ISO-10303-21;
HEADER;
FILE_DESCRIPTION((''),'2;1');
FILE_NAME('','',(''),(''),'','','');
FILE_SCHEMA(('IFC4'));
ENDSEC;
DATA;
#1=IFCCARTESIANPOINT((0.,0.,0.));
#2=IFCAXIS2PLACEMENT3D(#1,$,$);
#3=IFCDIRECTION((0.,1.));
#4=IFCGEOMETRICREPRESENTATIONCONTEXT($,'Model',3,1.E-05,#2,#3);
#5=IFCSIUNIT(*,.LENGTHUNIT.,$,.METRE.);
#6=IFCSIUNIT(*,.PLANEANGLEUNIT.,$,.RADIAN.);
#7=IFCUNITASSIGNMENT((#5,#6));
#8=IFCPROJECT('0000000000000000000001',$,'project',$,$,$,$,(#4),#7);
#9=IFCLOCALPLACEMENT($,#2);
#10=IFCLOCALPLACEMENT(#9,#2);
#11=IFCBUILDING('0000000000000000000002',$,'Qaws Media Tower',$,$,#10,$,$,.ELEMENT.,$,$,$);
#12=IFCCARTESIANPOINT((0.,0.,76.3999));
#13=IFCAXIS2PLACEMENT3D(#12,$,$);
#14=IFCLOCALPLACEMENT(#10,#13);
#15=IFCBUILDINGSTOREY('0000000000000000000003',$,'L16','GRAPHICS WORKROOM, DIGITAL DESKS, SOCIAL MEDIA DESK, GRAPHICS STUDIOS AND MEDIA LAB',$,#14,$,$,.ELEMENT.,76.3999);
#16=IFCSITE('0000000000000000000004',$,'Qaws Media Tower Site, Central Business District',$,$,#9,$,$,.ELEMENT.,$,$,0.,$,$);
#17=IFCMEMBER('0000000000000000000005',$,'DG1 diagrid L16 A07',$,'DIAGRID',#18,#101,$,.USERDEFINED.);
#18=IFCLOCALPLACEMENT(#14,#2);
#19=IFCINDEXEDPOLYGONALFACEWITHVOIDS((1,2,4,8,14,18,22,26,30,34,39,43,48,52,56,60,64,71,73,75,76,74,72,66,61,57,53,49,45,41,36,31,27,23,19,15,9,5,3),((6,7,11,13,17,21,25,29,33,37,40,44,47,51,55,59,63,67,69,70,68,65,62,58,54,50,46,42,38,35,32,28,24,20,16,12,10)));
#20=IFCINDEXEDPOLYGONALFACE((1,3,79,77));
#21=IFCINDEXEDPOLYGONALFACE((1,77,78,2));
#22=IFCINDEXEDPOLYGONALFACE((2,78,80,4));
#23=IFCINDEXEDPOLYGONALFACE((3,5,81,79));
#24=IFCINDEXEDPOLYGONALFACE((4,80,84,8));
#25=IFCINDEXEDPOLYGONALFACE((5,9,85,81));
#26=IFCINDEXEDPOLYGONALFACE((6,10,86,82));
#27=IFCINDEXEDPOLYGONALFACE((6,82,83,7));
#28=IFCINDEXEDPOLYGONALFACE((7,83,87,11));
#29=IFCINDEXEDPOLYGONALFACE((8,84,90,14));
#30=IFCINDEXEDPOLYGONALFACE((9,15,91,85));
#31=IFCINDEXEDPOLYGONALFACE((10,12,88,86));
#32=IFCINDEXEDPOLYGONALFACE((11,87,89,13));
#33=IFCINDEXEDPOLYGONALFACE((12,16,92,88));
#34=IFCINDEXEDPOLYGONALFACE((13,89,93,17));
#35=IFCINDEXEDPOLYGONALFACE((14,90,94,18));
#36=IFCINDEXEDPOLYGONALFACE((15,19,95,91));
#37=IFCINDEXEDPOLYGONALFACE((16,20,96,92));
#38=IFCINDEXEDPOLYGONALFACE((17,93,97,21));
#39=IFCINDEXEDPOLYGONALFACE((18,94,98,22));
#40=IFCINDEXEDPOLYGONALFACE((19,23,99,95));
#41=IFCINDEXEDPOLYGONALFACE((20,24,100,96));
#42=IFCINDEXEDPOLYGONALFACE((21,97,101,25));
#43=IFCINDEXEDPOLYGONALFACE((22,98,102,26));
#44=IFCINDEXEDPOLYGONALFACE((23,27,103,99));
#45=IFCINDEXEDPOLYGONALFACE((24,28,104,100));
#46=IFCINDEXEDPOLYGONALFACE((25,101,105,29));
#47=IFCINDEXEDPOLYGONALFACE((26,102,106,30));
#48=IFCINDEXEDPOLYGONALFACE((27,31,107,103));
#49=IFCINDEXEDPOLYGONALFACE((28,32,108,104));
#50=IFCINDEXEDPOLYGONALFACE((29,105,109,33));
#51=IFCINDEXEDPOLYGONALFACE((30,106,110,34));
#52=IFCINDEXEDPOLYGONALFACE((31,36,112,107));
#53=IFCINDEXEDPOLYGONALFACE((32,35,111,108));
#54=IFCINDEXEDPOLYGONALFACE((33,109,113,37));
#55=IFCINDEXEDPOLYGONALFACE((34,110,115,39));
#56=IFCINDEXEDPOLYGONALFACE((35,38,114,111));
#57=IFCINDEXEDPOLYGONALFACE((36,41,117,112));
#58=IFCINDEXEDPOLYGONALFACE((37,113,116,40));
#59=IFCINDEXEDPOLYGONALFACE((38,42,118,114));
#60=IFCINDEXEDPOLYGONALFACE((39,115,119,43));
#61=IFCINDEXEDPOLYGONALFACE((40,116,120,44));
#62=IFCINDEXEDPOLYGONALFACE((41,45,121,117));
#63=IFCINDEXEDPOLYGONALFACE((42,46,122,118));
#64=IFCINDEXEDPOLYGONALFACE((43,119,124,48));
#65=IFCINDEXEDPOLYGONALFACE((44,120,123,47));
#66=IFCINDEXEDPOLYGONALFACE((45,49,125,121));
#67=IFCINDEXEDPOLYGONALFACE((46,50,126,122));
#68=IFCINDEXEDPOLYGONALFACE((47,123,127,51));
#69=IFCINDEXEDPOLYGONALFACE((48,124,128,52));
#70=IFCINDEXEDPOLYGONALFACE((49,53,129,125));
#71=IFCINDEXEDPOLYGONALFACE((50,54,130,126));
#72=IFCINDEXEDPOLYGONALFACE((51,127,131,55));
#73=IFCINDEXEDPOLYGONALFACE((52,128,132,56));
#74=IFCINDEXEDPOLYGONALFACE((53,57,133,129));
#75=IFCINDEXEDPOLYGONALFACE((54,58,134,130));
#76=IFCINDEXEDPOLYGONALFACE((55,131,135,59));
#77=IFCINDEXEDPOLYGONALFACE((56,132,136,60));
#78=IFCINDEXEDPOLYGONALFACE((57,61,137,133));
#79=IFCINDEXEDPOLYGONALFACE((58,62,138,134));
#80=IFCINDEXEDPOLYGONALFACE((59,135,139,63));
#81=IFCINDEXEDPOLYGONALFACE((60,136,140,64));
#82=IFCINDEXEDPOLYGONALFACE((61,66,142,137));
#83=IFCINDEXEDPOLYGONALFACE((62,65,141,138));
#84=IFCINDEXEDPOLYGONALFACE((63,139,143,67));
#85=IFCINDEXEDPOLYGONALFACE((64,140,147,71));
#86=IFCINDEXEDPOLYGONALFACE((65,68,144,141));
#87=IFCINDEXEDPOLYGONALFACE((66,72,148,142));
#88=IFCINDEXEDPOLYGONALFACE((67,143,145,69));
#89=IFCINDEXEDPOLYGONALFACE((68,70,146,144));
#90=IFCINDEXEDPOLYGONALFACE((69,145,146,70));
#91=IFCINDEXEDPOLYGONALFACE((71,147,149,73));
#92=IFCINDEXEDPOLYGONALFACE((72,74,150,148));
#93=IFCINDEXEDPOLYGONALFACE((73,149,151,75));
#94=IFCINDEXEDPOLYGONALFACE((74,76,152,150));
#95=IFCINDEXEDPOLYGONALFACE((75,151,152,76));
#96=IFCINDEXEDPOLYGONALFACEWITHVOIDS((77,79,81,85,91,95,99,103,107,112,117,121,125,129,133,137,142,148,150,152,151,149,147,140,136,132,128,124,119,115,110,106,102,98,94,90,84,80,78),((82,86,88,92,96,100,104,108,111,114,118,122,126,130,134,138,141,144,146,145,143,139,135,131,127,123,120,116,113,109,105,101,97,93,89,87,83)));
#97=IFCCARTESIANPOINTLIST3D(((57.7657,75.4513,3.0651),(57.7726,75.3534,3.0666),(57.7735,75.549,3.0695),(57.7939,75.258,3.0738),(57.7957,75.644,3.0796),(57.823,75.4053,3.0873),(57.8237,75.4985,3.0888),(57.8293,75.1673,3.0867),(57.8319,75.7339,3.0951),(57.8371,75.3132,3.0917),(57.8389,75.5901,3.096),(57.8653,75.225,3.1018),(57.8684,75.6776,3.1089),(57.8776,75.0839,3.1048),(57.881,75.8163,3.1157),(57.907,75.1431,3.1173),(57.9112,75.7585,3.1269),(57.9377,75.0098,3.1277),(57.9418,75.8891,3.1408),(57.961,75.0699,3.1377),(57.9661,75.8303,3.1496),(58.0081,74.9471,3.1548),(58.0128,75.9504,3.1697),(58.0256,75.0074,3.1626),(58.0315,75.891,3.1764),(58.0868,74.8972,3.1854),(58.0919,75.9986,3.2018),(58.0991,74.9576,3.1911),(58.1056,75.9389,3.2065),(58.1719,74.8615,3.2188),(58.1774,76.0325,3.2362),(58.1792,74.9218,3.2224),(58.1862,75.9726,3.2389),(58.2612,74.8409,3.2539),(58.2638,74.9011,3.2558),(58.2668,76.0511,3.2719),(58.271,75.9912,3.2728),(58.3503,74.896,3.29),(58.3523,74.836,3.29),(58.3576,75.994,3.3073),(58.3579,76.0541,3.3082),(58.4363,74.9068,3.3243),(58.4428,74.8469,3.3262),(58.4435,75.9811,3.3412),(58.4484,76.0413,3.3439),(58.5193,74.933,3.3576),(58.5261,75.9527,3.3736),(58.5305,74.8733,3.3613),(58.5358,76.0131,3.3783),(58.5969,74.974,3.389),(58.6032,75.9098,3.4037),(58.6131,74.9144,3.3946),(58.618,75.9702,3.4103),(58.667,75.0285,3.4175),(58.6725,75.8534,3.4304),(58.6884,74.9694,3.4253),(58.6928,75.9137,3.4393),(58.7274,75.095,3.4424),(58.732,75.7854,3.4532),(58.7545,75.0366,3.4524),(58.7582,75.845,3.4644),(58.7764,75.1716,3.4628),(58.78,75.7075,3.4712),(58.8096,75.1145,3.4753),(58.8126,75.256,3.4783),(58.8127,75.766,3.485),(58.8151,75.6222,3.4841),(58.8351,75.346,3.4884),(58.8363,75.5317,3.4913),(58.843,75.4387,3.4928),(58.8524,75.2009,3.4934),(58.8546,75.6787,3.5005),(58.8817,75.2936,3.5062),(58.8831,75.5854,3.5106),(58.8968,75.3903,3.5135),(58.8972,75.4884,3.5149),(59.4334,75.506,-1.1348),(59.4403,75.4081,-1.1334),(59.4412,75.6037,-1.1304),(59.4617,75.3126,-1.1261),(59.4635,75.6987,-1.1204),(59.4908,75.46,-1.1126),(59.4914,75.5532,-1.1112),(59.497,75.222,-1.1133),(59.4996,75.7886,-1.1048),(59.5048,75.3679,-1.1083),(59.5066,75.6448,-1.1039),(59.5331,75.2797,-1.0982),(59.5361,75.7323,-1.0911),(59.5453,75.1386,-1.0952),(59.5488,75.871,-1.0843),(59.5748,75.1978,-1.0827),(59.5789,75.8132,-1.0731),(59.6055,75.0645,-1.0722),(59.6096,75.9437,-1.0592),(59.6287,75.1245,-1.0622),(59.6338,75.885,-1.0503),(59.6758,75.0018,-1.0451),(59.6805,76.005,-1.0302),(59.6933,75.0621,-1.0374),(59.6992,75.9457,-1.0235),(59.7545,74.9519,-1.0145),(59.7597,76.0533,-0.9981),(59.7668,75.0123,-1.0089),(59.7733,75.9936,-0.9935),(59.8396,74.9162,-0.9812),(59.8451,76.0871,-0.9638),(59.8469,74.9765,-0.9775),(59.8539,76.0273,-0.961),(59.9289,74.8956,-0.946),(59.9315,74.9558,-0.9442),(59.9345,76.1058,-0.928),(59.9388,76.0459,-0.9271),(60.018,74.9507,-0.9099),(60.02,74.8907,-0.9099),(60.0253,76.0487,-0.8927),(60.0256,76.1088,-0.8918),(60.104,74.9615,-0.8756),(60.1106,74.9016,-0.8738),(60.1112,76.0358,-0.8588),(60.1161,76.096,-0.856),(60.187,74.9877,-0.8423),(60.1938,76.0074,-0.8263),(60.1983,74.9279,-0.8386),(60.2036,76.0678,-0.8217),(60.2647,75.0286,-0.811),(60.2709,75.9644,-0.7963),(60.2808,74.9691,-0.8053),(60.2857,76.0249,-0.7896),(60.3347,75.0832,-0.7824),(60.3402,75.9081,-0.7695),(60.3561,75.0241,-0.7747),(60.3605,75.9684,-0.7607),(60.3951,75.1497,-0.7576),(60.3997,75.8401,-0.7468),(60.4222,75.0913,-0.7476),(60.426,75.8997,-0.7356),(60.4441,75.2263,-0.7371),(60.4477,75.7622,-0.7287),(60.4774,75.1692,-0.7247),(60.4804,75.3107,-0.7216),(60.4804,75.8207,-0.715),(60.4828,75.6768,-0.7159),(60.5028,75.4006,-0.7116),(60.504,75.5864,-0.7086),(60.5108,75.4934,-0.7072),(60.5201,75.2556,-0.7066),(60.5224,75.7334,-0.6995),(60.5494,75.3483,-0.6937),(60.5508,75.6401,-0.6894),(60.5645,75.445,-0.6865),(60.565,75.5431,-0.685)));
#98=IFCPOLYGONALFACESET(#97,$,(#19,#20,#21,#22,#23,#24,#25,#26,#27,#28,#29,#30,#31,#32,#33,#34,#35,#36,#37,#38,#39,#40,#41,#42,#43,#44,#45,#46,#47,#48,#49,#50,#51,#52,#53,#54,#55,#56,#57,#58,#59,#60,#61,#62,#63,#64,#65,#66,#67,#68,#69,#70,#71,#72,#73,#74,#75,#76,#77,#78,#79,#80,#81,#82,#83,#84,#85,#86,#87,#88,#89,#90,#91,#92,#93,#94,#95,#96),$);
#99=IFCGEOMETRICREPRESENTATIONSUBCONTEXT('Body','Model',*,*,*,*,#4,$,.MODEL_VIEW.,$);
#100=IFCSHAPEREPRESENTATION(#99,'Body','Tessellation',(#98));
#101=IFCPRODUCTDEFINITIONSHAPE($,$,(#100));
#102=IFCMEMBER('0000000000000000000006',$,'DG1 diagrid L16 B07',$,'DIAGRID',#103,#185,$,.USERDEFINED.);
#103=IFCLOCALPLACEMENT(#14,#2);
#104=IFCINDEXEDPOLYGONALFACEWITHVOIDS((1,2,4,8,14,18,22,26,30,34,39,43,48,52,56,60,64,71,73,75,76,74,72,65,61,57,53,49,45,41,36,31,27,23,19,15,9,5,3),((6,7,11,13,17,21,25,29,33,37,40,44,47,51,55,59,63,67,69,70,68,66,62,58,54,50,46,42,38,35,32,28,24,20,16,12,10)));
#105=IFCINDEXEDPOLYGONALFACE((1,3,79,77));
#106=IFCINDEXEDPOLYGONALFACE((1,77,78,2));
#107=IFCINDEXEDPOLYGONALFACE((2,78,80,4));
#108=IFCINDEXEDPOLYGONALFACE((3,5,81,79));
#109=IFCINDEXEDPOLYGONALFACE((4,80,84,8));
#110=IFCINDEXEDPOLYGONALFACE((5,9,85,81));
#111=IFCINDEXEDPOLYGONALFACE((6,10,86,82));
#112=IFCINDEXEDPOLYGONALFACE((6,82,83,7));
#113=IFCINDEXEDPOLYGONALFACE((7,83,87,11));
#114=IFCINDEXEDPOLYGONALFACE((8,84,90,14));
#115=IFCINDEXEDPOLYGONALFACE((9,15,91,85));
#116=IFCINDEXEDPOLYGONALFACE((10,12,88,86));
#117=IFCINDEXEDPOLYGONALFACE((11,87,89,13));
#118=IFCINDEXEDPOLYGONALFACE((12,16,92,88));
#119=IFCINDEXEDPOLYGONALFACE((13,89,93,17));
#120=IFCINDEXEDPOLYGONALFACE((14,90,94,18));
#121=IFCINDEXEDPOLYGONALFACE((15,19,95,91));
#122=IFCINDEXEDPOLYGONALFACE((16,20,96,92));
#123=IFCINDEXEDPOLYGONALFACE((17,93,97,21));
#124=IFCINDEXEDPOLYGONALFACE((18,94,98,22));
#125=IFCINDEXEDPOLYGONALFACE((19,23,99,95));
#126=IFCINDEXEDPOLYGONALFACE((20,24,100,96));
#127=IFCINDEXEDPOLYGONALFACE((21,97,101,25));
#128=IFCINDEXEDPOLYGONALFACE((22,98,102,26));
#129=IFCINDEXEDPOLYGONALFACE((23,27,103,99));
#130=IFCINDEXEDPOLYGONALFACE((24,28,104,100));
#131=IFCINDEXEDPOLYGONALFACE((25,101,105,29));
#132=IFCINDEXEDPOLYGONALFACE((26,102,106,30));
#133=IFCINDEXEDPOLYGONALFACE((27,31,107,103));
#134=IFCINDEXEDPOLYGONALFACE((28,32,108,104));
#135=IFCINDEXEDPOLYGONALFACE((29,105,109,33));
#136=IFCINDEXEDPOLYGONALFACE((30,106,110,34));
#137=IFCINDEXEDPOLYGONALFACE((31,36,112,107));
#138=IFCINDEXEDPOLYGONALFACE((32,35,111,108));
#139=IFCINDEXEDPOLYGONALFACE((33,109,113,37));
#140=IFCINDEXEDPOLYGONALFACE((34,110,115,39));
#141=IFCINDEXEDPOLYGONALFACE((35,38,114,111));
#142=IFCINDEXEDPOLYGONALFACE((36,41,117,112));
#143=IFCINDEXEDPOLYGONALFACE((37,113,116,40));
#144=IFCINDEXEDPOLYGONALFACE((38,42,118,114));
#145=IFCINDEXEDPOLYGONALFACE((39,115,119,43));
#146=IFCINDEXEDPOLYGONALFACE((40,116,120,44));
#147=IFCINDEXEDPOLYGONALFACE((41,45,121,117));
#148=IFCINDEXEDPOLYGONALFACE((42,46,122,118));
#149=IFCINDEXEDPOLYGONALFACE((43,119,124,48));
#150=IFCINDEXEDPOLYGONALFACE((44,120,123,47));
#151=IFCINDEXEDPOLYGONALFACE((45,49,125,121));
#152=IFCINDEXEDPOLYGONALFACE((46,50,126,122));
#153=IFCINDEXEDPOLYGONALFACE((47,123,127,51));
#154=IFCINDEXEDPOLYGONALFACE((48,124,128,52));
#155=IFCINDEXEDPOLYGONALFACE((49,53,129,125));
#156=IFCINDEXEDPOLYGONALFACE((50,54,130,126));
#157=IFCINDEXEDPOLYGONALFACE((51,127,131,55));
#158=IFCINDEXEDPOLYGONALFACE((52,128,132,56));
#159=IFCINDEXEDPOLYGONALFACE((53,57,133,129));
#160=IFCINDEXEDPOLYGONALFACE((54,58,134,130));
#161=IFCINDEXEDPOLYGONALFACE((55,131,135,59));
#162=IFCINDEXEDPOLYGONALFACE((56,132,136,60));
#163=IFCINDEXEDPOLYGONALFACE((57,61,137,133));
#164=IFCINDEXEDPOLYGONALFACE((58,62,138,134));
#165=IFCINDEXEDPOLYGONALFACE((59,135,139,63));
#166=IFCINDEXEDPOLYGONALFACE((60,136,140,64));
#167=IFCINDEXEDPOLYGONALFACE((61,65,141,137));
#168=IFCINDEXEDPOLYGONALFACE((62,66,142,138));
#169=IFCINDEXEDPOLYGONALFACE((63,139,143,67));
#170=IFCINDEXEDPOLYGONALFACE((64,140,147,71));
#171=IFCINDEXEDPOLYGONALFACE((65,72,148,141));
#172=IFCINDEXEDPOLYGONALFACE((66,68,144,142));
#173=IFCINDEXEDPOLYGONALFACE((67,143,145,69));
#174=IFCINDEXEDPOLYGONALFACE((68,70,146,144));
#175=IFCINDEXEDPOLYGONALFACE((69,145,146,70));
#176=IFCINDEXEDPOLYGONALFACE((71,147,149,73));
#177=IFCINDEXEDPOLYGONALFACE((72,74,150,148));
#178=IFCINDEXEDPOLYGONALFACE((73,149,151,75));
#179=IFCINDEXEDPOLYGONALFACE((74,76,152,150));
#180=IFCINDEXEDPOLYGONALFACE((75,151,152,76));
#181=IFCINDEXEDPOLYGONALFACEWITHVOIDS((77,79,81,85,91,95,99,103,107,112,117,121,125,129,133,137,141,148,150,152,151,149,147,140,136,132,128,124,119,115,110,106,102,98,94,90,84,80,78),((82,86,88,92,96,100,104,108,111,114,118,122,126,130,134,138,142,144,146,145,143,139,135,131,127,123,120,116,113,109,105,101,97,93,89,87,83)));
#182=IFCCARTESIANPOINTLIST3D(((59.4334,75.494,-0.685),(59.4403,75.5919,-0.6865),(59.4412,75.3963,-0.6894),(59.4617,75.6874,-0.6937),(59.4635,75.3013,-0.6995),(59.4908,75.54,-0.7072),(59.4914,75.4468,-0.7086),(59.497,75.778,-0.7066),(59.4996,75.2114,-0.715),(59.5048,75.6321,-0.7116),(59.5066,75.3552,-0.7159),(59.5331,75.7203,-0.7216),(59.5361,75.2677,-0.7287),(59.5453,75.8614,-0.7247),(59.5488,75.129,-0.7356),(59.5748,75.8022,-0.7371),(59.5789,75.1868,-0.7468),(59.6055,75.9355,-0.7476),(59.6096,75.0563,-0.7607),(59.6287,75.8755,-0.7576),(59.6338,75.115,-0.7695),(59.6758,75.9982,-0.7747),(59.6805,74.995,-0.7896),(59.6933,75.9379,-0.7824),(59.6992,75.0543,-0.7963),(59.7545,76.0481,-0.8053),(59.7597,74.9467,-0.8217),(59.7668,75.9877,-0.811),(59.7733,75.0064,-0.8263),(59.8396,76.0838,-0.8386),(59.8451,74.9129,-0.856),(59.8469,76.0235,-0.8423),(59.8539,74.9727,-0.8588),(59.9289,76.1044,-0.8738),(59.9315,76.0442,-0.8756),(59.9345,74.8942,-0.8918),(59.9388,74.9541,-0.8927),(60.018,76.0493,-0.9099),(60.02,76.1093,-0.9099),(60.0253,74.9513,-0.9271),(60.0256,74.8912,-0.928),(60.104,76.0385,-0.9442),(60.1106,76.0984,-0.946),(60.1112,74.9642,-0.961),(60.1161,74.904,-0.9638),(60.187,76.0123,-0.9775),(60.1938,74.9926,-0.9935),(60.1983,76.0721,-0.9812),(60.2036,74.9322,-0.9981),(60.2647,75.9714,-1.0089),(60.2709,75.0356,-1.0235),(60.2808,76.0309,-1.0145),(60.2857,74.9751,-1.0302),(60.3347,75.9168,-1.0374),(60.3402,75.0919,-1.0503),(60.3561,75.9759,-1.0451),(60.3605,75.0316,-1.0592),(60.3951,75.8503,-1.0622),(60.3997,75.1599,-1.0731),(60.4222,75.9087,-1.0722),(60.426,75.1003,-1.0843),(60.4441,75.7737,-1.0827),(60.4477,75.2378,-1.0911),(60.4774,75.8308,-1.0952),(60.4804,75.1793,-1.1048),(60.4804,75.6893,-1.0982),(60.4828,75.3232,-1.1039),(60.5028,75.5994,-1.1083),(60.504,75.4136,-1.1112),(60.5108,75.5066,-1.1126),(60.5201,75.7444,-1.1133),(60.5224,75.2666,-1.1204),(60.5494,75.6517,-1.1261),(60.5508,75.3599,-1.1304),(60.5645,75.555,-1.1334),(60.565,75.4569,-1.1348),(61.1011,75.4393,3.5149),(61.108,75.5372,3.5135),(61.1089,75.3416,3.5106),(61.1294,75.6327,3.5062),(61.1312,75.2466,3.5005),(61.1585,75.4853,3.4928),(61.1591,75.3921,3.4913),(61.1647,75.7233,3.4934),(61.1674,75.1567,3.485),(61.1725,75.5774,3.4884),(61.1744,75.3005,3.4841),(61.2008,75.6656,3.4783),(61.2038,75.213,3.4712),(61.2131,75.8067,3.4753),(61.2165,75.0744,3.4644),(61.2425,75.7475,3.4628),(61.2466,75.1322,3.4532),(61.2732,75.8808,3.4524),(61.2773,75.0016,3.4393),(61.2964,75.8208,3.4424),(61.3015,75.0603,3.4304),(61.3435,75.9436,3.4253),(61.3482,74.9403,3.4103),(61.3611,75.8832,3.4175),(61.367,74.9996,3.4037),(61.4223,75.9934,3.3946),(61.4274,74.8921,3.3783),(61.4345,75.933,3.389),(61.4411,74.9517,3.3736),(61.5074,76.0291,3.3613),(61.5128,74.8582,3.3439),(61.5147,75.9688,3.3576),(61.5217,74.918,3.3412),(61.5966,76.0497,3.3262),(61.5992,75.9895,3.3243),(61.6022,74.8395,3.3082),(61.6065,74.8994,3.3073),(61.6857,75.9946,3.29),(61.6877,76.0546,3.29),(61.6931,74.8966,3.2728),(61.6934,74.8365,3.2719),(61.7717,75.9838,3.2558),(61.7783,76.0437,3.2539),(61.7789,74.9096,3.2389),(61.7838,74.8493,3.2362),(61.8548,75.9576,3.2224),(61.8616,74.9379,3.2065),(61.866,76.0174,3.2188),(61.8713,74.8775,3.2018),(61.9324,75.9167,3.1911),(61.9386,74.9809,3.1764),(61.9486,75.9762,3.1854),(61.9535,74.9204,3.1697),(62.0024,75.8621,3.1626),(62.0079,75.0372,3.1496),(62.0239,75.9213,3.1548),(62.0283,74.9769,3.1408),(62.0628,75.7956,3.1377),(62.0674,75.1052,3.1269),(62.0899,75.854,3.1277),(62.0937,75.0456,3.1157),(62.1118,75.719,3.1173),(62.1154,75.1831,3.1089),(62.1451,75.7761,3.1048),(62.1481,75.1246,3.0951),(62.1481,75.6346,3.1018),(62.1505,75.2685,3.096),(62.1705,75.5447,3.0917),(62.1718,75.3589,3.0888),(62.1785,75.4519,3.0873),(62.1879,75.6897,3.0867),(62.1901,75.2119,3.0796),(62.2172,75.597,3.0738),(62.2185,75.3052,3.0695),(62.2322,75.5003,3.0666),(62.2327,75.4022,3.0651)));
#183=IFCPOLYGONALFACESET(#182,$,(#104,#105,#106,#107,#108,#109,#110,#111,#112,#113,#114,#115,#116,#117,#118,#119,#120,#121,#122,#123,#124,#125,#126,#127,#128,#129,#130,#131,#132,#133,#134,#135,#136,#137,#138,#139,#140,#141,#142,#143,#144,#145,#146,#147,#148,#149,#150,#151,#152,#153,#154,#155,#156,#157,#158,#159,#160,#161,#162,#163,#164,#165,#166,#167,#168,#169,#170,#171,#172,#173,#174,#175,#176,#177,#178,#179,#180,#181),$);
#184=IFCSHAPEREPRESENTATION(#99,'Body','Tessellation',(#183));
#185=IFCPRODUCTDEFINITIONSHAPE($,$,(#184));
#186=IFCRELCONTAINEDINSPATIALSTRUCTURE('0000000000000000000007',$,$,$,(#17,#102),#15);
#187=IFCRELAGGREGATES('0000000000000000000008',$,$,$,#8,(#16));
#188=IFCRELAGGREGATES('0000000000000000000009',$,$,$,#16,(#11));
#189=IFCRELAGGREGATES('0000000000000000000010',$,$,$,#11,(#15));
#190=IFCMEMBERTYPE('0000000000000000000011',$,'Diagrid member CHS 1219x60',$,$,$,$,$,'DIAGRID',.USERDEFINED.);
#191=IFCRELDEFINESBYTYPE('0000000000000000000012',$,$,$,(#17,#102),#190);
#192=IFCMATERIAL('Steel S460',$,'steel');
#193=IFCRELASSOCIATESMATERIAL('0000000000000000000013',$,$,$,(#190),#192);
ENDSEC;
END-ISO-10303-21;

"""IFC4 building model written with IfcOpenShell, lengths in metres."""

from ifc_helpers import new_model, si_unit, direction, frame, origin, origin_2d, place, context, subcontext, project, spatial, hollow_circle, extrude, material, material_profile, profile_set, type_object, element, save


model = new_model("IFC4")

# Units and contexts
model_context = context("Model", 3, precision=1e-05, world=origin(), true_north=direction((0.0, 1.0)))
body_context = subcontext(model_context, "Body", "Model", "MODEL_VIEW")
ifc_project = project(units=[si_unit("LENGTHUNIT", "METRE"), si_unit("PLANEANGLEUNIT", "RADIAN")], contexts=[model_context])

# Site, building, storey
site_placement = place(None, origin())
site = spatial("IfcSite", under=ifc_project, at=site_placement, Name="Qaws Media Tower Site, Central Business District", CompositionType="ELEMENT", RefElevation=0.0)
building_placement = place(site_placement, origin())
building = spatial("IfcBuilding", under=site, at=building_placement, Name="Qaws Media Tower", CompositionType="ELEMENT")
storey_placement = place(building_placement, frame((0.0, 0.0, 76.3999)))
storey = spatial("IfcBuildingStorey", under=building, at=storey_placement, Name="L16", Description="GRAPHICS WORKROOM, DIGITAL DESKS, SOCIAL MEDIA DESK, GRAPHICS STUDIOS AND MEDIA LAB", CompositionType="ELEMENT", Elevation=76.3999)

# Members
ifc_material_1 = material(Name="Steel S460", Category="steel")
ifc_material_profile_1 = material_profile(ifc_material_1, hollow_circle(Radius=0.6096, WallThickness=0.0601, at=origin_2d()), Name="CHS 1219x60")
ifc_profile_set_1 = profile_set([ifc_material_profile_1], Name="Steel S460")
member_type_1 = type_object("IfcMemberType", Name="Diagrid member CHS 1219x60", ElementType="DIAGRID", PredefinedType="USERDEFINED", material=ifc_profile_set_1)
for number, where, z_axis, x_axis, name in (
    (1, (60.0, 75.5, -0.9099), (-0.369024, -0.012101, 0.929341), (0.032774, -0.999463, 0.0), "DG1 diagrid L16 A07"),
    (2, (60.0, 75.5, -0.9099), (0.369024, -0.012101, 0.929341), (0.032774, 0.999463, 0.0), "DG1 diagrid L16 B07"),
):
    element("IfcMember", number, at=place(storey_placement, frame(where, z_axis=z_axis, x_axis=x_axis)), inside=storey, type_object=member_type_1, Name=name, ObjectType="DIAGRID", PredefinedType="USERDEFINED", context=body_context, shape_type="SweptSolid", body=[
        extrude(hollow_circle(Radius=0.6096, WallThickness=0.0601, at=origin_2d()), origin(), (0.0, 0.0, 1.0), 4.5193),
    ])

save(model, "model.ifc")
